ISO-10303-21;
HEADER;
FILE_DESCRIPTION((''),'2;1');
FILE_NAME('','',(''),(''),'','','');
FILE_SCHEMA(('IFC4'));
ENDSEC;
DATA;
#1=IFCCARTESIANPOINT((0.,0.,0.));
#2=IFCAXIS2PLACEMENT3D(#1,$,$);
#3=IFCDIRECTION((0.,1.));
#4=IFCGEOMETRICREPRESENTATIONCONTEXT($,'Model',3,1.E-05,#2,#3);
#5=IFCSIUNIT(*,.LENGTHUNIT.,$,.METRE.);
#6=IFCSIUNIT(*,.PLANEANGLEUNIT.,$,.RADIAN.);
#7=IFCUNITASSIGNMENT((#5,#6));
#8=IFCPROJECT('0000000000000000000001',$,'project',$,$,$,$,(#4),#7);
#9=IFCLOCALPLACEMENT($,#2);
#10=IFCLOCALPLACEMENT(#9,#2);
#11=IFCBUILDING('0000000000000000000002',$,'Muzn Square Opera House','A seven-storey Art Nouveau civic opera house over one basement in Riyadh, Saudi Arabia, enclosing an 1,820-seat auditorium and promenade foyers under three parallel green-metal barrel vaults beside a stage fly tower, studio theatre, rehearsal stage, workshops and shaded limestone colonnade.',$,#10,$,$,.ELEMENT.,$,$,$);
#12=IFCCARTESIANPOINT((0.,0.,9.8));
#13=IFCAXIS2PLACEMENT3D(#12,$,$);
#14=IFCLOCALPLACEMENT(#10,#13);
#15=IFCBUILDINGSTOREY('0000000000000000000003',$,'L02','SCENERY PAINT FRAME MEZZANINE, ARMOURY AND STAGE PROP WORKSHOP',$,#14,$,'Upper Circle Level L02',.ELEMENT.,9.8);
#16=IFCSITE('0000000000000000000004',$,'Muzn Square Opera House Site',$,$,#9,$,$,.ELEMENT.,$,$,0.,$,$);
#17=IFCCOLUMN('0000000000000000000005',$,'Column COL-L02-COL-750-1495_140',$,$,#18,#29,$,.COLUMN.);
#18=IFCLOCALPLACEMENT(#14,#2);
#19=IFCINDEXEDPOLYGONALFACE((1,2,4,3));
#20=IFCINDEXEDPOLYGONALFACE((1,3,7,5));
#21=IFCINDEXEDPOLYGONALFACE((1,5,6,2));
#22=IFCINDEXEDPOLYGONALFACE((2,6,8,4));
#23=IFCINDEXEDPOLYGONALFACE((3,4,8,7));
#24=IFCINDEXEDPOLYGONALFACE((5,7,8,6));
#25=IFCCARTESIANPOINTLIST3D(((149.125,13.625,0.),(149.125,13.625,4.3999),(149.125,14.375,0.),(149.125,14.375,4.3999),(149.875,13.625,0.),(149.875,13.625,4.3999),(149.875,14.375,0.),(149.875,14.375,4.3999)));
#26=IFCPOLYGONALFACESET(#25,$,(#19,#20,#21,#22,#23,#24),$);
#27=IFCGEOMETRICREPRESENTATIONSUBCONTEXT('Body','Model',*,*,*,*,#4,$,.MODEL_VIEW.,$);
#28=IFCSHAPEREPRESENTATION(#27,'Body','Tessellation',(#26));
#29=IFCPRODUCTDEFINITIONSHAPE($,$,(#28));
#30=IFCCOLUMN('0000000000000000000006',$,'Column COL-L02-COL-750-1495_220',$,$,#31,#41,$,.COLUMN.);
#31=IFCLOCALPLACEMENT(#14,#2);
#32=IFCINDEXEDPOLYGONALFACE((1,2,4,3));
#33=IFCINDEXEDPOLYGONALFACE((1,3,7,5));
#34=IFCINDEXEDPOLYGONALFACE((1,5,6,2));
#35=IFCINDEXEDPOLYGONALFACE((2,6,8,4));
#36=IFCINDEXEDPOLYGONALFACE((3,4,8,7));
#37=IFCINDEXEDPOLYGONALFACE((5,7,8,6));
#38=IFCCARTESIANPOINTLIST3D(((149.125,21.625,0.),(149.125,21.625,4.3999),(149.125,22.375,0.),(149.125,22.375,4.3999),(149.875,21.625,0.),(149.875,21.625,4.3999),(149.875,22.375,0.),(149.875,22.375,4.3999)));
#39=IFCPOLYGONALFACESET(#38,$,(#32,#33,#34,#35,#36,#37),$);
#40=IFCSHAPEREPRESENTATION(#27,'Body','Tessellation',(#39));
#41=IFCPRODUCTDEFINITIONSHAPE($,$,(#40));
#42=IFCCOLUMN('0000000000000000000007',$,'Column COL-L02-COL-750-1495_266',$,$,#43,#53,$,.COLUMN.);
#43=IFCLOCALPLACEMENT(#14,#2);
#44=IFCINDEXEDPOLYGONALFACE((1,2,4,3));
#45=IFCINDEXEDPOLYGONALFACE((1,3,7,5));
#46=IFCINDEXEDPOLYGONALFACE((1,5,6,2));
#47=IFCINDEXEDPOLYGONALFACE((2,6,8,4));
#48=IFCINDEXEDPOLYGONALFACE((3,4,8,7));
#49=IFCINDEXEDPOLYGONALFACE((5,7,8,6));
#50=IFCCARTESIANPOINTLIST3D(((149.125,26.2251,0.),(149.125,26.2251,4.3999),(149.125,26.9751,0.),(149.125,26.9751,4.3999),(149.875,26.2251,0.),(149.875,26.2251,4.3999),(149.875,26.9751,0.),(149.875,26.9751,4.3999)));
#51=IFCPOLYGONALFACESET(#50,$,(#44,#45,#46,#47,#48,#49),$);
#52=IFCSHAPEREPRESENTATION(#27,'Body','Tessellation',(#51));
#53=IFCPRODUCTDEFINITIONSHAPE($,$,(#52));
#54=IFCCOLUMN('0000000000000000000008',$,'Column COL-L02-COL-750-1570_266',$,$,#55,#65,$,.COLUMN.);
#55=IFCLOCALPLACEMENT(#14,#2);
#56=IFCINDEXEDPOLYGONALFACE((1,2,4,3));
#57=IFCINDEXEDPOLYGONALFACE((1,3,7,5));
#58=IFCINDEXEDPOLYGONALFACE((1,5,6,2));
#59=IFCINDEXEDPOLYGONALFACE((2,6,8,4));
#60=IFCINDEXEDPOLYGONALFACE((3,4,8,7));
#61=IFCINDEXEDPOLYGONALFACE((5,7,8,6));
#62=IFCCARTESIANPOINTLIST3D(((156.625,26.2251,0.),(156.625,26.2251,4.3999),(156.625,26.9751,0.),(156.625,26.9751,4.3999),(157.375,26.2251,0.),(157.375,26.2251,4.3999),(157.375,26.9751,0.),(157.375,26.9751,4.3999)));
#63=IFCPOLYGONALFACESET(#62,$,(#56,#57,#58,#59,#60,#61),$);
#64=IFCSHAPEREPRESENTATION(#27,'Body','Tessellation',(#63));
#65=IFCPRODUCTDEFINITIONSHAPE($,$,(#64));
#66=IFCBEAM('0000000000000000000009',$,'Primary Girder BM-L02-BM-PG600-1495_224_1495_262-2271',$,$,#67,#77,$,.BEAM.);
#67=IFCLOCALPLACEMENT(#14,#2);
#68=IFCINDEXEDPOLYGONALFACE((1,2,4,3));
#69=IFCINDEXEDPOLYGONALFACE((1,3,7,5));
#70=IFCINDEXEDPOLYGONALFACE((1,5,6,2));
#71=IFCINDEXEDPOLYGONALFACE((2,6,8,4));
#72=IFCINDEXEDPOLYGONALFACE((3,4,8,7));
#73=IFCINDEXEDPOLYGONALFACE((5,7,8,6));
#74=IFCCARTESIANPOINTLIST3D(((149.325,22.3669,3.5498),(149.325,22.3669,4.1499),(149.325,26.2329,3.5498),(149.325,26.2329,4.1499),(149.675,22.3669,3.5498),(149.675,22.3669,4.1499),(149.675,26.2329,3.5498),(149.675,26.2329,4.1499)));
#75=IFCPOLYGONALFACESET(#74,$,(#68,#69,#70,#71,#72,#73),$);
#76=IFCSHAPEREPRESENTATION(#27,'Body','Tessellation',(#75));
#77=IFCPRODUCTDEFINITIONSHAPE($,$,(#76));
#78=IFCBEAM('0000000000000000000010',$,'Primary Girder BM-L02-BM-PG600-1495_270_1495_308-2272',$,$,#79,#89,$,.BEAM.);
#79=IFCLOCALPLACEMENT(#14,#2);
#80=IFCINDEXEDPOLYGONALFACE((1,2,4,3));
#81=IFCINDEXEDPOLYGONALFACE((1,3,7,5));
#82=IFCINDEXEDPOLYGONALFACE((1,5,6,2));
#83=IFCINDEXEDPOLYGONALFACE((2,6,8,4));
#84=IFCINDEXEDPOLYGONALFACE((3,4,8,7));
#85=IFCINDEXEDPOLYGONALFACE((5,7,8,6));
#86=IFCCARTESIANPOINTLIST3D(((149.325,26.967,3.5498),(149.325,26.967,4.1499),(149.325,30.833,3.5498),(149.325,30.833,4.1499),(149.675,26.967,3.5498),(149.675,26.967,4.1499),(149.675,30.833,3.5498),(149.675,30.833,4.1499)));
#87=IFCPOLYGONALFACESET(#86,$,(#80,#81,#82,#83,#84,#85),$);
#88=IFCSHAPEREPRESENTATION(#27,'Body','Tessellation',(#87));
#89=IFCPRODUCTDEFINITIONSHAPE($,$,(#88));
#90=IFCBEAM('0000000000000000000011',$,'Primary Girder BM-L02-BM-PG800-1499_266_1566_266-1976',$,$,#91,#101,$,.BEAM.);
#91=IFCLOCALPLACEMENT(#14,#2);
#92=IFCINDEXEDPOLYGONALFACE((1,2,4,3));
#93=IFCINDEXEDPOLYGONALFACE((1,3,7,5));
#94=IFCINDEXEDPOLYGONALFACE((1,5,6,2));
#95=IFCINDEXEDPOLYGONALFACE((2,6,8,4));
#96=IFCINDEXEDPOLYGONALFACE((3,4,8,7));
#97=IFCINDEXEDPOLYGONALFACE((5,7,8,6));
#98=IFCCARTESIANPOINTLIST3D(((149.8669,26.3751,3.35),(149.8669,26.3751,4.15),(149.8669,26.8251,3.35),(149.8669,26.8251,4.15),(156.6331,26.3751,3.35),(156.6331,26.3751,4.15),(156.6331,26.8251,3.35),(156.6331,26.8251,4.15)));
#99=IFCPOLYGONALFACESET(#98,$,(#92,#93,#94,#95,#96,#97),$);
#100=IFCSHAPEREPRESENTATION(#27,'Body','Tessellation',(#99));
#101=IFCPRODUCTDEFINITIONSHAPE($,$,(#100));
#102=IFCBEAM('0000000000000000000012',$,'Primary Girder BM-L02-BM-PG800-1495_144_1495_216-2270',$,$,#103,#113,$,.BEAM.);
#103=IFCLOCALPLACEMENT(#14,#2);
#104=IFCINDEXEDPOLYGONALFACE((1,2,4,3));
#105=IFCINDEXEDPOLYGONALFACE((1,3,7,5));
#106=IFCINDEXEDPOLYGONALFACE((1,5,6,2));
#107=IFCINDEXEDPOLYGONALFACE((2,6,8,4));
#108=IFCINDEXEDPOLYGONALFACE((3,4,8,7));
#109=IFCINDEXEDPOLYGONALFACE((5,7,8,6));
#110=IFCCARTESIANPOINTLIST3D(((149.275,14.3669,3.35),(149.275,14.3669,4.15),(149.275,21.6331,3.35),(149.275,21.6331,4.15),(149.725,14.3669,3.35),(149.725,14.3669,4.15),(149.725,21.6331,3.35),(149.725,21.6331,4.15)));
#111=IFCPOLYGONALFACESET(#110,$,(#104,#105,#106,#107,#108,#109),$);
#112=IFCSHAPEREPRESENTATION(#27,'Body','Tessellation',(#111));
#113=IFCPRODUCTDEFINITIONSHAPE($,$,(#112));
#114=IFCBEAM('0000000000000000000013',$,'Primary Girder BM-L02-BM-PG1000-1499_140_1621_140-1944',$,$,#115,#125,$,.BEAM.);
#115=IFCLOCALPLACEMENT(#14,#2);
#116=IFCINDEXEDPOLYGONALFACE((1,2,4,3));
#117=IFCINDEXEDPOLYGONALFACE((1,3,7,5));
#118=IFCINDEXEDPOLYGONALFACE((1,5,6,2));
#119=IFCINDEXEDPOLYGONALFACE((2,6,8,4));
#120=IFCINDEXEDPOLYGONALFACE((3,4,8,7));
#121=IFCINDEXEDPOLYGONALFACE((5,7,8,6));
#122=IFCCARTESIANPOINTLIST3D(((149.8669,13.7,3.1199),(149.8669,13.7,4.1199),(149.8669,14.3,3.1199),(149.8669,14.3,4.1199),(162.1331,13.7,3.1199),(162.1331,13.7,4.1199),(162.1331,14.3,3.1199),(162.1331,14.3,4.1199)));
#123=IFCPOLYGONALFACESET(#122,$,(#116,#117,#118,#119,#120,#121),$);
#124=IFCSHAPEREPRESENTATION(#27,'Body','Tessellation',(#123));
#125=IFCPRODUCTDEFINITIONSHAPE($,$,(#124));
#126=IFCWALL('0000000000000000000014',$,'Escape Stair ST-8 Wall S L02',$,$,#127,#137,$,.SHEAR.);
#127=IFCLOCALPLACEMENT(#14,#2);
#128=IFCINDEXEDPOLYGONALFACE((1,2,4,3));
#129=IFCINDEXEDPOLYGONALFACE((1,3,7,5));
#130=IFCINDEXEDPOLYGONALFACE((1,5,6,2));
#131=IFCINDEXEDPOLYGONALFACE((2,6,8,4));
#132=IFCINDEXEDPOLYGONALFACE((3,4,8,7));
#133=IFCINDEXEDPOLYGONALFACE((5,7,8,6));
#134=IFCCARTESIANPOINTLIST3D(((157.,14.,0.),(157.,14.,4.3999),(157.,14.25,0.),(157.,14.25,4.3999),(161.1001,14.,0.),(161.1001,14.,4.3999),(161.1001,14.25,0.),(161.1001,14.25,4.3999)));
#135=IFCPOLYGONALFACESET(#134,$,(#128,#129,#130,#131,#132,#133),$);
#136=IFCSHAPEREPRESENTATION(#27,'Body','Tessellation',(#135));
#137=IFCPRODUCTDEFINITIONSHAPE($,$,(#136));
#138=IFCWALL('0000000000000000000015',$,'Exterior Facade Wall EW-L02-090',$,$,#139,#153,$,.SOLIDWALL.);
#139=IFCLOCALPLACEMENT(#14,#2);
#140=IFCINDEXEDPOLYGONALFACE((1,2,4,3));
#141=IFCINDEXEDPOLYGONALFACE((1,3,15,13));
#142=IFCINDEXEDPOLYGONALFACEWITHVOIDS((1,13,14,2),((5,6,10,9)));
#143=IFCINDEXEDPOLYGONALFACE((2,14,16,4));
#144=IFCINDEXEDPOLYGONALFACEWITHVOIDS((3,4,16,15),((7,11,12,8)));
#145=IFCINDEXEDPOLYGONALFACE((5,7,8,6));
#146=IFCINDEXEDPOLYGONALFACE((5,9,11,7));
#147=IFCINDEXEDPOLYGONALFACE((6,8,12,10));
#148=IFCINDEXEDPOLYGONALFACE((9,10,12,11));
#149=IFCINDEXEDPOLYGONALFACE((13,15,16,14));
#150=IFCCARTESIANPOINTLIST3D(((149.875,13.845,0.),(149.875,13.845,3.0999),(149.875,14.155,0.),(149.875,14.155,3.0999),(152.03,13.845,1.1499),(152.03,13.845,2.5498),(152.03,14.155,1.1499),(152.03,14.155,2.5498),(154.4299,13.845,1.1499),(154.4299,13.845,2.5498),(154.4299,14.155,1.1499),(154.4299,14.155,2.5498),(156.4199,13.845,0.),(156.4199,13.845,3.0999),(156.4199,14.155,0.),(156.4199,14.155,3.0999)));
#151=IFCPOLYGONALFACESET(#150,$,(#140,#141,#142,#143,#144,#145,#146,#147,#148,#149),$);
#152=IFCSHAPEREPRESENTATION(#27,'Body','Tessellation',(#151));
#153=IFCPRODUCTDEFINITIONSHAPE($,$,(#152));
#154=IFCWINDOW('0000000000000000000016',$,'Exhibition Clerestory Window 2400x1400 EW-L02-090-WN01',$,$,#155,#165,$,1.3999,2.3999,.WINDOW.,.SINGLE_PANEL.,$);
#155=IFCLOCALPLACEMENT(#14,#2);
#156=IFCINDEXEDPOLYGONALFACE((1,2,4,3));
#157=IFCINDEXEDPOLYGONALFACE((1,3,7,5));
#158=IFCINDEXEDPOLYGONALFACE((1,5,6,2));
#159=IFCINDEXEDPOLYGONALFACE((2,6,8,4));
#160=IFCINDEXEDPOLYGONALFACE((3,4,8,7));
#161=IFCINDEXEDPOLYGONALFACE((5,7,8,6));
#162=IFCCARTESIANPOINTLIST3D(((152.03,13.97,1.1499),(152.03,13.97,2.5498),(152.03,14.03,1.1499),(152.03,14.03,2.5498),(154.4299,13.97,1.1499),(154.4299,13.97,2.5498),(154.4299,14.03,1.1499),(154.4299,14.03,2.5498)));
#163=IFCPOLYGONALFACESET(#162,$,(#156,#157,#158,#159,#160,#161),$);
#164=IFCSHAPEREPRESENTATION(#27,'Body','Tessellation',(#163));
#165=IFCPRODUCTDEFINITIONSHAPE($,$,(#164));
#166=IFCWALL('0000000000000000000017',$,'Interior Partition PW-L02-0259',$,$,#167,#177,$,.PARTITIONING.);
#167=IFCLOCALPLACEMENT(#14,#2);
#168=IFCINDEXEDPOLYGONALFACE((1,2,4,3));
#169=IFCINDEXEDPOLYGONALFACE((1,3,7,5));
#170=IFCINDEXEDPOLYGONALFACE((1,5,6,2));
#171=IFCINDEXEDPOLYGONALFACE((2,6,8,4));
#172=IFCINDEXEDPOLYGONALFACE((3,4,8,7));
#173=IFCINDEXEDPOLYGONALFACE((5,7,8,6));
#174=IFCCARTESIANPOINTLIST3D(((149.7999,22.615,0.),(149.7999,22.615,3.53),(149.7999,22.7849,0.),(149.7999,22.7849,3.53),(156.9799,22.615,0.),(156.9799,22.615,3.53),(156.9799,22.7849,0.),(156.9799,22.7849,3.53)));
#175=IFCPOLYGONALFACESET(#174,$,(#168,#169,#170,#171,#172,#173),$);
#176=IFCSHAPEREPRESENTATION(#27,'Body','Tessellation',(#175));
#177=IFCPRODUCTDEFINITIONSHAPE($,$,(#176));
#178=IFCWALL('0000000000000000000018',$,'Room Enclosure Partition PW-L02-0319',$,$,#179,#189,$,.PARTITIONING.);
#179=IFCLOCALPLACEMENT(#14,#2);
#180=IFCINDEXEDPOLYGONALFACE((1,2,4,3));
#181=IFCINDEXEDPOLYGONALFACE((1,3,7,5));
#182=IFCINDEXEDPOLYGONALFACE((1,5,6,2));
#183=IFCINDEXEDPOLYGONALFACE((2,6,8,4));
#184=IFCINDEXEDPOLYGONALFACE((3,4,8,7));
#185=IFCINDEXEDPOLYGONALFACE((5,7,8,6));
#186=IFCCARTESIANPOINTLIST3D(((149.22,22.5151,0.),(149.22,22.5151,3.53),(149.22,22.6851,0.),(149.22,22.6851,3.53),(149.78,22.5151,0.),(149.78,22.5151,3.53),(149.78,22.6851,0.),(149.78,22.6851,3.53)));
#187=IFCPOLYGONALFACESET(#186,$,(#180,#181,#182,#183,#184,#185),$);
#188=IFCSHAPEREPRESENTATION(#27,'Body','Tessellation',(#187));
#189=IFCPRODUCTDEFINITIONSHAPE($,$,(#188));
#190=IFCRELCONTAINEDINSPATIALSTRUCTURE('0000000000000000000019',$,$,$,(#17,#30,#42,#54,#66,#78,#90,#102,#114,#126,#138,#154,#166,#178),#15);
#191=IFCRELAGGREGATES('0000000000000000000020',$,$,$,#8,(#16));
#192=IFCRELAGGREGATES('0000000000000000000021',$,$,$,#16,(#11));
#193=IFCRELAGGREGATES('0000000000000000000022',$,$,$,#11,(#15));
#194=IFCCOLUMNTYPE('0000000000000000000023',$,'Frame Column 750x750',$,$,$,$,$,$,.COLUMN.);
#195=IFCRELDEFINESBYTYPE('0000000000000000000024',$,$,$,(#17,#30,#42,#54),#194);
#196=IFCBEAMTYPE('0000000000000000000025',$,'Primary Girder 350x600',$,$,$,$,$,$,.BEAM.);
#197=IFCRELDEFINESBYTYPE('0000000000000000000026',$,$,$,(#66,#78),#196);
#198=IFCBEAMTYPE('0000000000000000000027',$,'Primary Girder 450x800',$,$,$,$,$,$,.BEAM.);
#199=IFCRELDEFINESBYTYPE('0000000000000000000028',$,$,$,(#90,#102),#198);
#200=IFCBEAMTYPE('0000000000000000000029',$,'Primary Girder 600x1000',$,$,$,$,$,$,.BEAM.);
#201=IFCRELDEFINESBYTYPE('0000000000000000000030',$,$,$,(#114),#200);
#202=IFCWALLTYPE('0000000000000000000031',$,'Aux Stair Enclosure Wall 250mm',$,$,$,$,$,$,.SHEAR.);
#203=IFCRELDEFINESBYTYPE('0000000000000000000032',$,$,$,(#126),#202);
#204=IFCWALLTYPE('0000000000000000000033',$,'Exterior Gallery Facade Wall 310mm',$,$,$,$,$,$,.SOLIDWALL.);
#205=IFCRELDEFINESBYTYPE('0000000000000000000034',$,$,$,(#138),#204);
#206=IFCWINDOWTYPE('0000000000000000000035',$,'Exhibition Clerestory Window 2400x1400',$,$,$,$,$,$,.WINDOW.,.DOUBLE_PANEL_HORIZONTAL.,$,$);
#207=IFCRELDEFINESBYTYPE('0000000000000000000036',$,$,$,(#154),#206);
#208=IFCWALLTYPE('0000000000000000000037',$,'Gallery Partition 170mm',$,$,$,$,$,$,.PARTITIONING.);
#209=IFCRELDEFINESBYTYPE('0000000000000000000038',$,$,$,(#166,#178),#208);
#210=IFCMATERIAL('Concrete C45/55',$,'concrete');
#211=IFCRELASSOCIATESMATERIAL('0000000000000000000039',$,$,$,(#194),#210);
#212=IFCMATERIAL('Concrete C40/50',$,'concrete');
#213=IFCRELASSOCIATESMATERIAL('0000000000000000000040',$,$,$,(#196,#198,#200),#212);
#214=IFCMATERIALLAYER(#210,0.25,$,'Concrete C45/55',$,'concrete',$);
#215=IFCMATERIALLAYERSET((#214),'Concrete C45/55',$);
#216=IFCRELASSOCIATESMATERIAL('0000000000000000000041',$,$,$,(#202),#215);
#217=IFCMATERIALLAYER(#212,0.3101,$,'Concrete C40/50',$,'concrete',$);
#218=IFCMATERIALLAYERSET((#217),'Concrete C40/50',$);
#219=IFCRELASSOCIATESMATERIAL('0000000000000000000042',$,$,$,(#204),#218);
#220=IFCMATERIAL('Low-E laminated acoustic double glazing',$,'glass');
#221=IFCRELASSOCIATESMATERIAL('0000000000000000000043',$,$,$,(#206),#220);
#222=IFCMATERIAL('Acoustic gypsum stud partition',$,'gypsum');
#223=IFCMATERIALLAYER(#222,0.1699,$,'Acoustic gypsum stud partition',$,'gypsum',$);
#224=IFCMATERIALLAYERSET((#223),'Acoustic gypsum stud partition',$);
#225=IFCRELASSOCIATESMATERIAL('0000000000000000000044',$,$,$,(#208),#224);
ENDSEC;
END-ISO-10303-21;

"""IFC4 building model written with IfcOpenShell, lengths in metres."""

from ifc_helpers import new_model, si_unit, direction, frame, frame_2d, origin, origin_2d, place, context, subcontext, project, spatial, rectangle, extrude, material, layer, layer_set, material_profile, profile_set, type_object, element, fill, save


model = new_model("IFC4")

# Units and contexts
model_context = context("Model", 3, precision=1e-05, world=origin(), true_north=direction((0.0, 1.0)))
body_context = subcontext(model_context, "Body", "Model", "MODEL_VIEW")
ifc_project = project(units=[si_unit("LENGTHUNIT", "METRE"), si_unit("PLANEANGLEUNIT", "RADIAN")], contexts=[model_context])

# Site, building, storey
site_placement = place(None, origin())
site = spatial("IfcSite", under=ifc_project, at=site_placement, Name="Muzn Square Opera House Site", CompositionType="ELEMENT", RefElevation=0.0)
building_placement = place(site_placement, origin())
building = spatial("IfcBuilding", under=site, at=building_placement, Name="Muzn Square Opera House", Description="A seven-storey Art Nouveau civic opera house over one basement in Riyadh, Saudi Arabia, enclosing an 1,820-seat auditorium and promenade foyers under three parallel green-metal barrel vaults beside a stage fly tower, studio theatre, rehearsal stage, workshops and shaded limestone colonnade.", CompositionType="ELEMENT")
storey_placement = place(building_placement, frame((0.0, 0.0, 9.8)))
storey = spatial("IfcBuildingStorey", under=building, at=storey_placement, Name="L02", Description="SCENERY PAINT FRAME MEZZANINE, ARMOURY AND STAGE PROP WORKSHOP", LongName="Upper Circle Level L02", CompositionType="ELEMENT", Elevation=9.8)

# Columns
ifc_material_1 = material(Name="Concrete C45/55", Category="concrete")
ifc_material_profile_1 = material_profile(ifc_material_1, rectangle(XDim=0.75, YDim=0.75, at=origin_2d()), Name="RC 750x750", Category="concrete")
ifc_profile_set_1 = profile_set([ifc_material_profile_1], Name="Concrete C45/55")
column_type = type_object("IfcColumnType", Name="Frame Column 750x750", PredefinedType="COLUMN", material=ifc_profile_set_1)
for number, where, z_axis, x_axis, name in (
    (1, (149.5, 14.0, 0.0), (0.0, 0.0, 1.0), (1.0, 0.0, 0.0), "Column COL-L02-COL-750-1495_140"),
    (2, (149.5, 22.0, 0.0), (0.0, 0.0, 1.0), (1.0, 0.0, 0.0), "Column COL-L02-COL-750-1495_220"),
    (3, (149.5, 26.6001, 0.0), (0.0, 0.0, 1.0), (1.0, 0.0, 0.0), "Column COL-L02-COL-750-1495_266"),
    (4, (157.0, 26.6001, 0.0), (0.0, 0.0, 1.0), (1.0, 0.0, 0.0), "Column COL-L02-COL-750-1570_266"),
):
    element("IfcColumn", number, at=place(storey_placement, frame(where, z_axis=z_axis, x_axis=x_axis)), inside=storey, type_object=column_type, Name=name, PredefinedType="COLUMN", context=body_context, shape_type="SweptSolid", body=[
        extrude(rectangle(XDim=0.75, YDim=0.75, at=origin_2d()), origin(), (0.0, 0.0, 1.0), 4.3999),
    ])

# Beams
ifc_material_2 = material(Name="Concrete C40/50", Category="concrete")
ifc_material_profile_2 = material_profile(ifc_material_2, rectangle(XDim=0.3501, YDim=0.6001, at=origin_2d()), Name="RCB 350x600", Category="concrete")
ifc_profile_set_2 = profile_set([ifc_material_profile_2], Name="Concrete C40/50")
beam_type_1 = type_object("IfcBeamType", Name="Primary Girder 350x600", PredefinedType="BEAM", material=ifc_profile_set_2)
for number, where, z_axis, x_axis, name in (
    (5, (149.5, 22.3669, 3.8499), (0.0, 1.0, 0.0), (-1.0, 0.0, 0.0), "Primary Girder BM-L02-BM-PG600-1495_224_1495_262-2271"),
    (6, (149.5, 26.967, 3.8499), (0.0, 1.0, 0.0), (-1.0, 0.0, 0.0), "Primary Girder BM-L02-BM-PG600-1495_270_1495_308-2272"),
):
    element("IfcBeam", number, at=place(storey_placement, frame(where, z_axis=z_axis, x_axis=x_axis)), inside=storey, type_object=beam_type_1, Name=name, PredefinedType="BEAM", context=body_context, shape_type="SweptSolid", body=[
        extrude(rectangle(XDim=0.3501, YDim=0.6001, at=origin_2d()), origin(), (0.0, 0.0, 1.0), 3.866),
    ])
ifc_material_profile_3 = material_profile(ifc_material_2, rectangle(XDim=0.45, YDim=0.8, at=origin_2d()), Name="RCB 450x800", Category="concrete")
ifc_profile_set_3 = profile_set([ifc_material_profile_3], Name="Concrete C40/50")
beam_type_2 = type_object("IfcBeamType", Name="Primary Girder 450x800", PredefinedType="BEAM", material=ifc_profile_set_3)
beam_1_placement = place(storey_placement, frame((149.8669, 26.6001, 3.75), z_axis=(1.0, 0.0, 0.0), x_axis=(0.0, 1.0, 0.0)))
element("IfcBeam", 7, at=beam_1_placement, inside=storey, type_object=beam_type_2, Name="Primary Girder BM-L02-BM-PG800-1499_266_1566_266-1976", PredefinedType="BEAM", context=body_context, shape_type="SweptSolid", body=[
    extrude(rectangle(XDim=0.45, YDim=0.8, at=origin_2d()), origin(), (0.0, 0.0, 1.0), 6.7661),
])
beam_2_placement = place(storey_placement, frame((149.5, 14.3669, 3.75), z_axis=(0.0, 1.0, 0.0), x_axis=(-1.0, 0.0, 0.0)))
element("IfcBeam", 8, at=beam_2_placement, inside=storey, type_object=beam_type_2, Name="Primary Girder BM-L02-BM-PG800-1495_144_1495_216-2270", PredefinedType="BEAM", context=body_context, shape_type="SweptSolid", body=[
    extrude(rectangle(XDim=0.45, YDim=0.8, at=origin_2d()), origin(), (0.0, 0.0, 1.0), 7.2661),
])
ifc_material_profile_4 = material_profile(ifc_material_2, rectangle(XDim=0.6001, YDim=1.0, at=origin_2d()), Name="RCB 600x1000", Category="concrete")
ifc_profile_set_4 = profile_set([ifc_material_profile_4], Name="Concrete C40/50")
beam_type_3 = type_object("IfcBeamType", Name="Primary Girder 600x1000", PredefinedType="BEAM", material=ifc_profile_set_4)
beam_3_placement = place(storey_placement, frame((149.8669, 14.0, 3.6199), z_axis=(1.0, 0.0, 0.0), x_axis=(0.0, 1.0, 0.0)))
element("IfcBeam", 9, at=beam_3_placement, inside=storey, type_object=beam_type_3, Name="Primary Girder BM-L02-BM-PG1000-1499_140_1621_140-1944", PredefinedType="BEAM", context=body_context, shape_type="SweptSolid", body=[
    extrude(rectangle(XDim=0.6001, YDim=1.0, at=origin_2d()), origin(), (0.0, 0.0, 1.0), 12.2661),
])

# Wall
ifc_layer_1 = layer(ifc_material_1, 0.25, Name="Concrete C45/55", Category="concrete")
ifc_layer_set_1 = layer_set([ifc_layer_1], Name="Concrete C45/55")
wall_type_1 = type_object("IfcWallType", Name="Aux Stair Enclosure Wall 250mm", PredefinedType="SHEAR", material=ifc_layer_set_1)
wall_1_placement = place(storey_placement, frame((157.0, 14.125, 0.0), z_axis=(0.0, 0.0, 1.0), x_axis=(1.0, 0.0, 0.0)))
element("IfcWall", 10, at=wall_1_placement, inside=storey, type_object=wall_type_1, Name="Escape Stair ST-8 Wall S L02", PredefinedType="SHEAR", context=body_context, shape_type="SweptSolid", body=[
    extrude(rectangle(XDim=4.1001, YDim=0.25, at=frame_2d((2.05, 0.0))), origin(), (0.0, 0.0, 1.0), 4.3999),
])

# Wall, opening, window
ifc_layer_2 = layer(ifc_material_2, 0.3101, Name="Concrete C40/50", Category="concrete")
ifc_layer_set_2 = layer_set([ifc_layer_2], Name="Concrete C40/50")
wall_type_2 = type_object("IfcWallType", Name="Exterior Gallery Facade Wall 310mm", PredefinedType="SOLIDWALL", material=ifc_layer_set_2)
wall_2_placement = place(storey_placement, frame((149.875, 14.0, 0.0), z_axis=(0.0, 0.0, 1.0), x_axis=(1.0, 0.0, 0.0)))
wall_2 = element("IfcWall", 11, at=wall_2_placement, inside=storey, type_object=wall_type_2, Name="Exterior Facade Wall EW-L02-090", PredefinedType="SOLIDWALL", context=body_context, shape_type="SweptSolid", body=[
    extrude(rectangle(XDim=6.5449, YDim=0.3101, at=frame_2d((3.2725, 0.0))), origin(), (0.0, 0.0, 1.0), 3.0999),
])
opening_1_placement = place(wall_2_placement, frame((2.155, 0.0, 1.1499)))
opening_1 = element("IfcOpeningElement", 12, at=opening_1_placement, cuts=wall_2, PredefinedType="OPENING", context=body_context, shape_type="SweptSolid", body=[
    extrude(rectangle(XDim=2.3999, YDim=1.3999, at=frame_2d((1.2, 0.7))), frame((0.0, 0.165, 0.0), z_axis=(0.0, -1.0, 0.0), x_axis=(1.0, 0.0, 0.0)), (0.0, 0.0, 1.0), 0.3301),
])
ifc_material_3 = material(Name="Low-E laminated acoustic double glazing", Category="glass")
window_type = type_object("IfcWindowType", Name="Exhibition Clerestory Window 2400x1400", PartitioningType="DOUBLE_PANEL_HORIZONTAL", PredefinedType="WINDOW", material=ifc_material_3)
window_placement = place(opening_1_placement, origin())
window = element("IfcWindow", 13, at=window_placement, inside=storey, type_object=window_type, Name="Exhibition Clerestory Window 2400x1400 EW-L02-090-WN01", OverallHeight=1.3999, OverallWidth=2.3999, PartitioningType="SINGLE_PANEL", PredefinedType="WINDOW", context=body_context, shape_type="SweptSolid", body=[
    extrude(rectangle(XDim=2.3999, YDim=1.3999, at=frame_2d((1.2, 0.7))), frame((0.0, 0.03, 0.0), z_axis=(0.0, -1.0, 0.0), x_axis=(1.0, 0.0, 0.0)), (0.0, 0.0, 1.0), 0.0601),
])
fill(opening_1, window)

# Walls
ifc_material_4 = material(Name="Acoustic gypsum stud partition", Category="gypsum")
ifc_layer_3 = layer(ifc_material_4, 0.1699, Name="Acoustic gypsum stud partition", Category="gypsum")
ifc_layer_set_3 = layer_set([ifc_layer_3], Name="Acoustic gypsum stud partition")
wall_type_3 = type_object("IfcWallType", Name="Gallery Partition 170mm", PredefinedType="PARTITIONING", material=ifc_layer_set_3)
wall_3_placement = place(storey_placement, frame((149.8, 22.7, 0.0), z_axis=(0.0, 0.0, 1.0), x_axis=(1.0, 0.0, 0.0)))
element("IfcWall", 14, at=wall_3_placement, inside=storey, type_object=wall_type_3, Name="Interior Partition PW-L02-0259", PredefinedType="PARTITIONING", context=body_context, shape_type="SweptSolid", body=[
    extrude(rectangle(XDim=7.1799, YDim=0.1699, at=frame_2d((3.5898, 0.0))), origin(), (0.0, 0.0, 1.0), 3.53),
])
wall_4_placement = place(storey_placement, frame((149.22, 22.6001, 0.0), z_axis=(0.0, 0.0, 1.0), x_axis=(1.0, 0.0, 0.0)))
element("IfcWall", 15, at=wall_4_placement, inside=storey, type_object=wall_type_3, Name="Room Enclosure Partition PW-L02-0319", PredefinedType="PARTITIONING", context=body_context, shape_type="SweptSolid", body=[
    extrude(rectangle(XDim=0.5601, YDim=0.1699, at=frame_2d((0.28, 0.0))), origin(), (0.0, 0.0, 1.0), 3.53),
])

save(model, "model.ifc")
